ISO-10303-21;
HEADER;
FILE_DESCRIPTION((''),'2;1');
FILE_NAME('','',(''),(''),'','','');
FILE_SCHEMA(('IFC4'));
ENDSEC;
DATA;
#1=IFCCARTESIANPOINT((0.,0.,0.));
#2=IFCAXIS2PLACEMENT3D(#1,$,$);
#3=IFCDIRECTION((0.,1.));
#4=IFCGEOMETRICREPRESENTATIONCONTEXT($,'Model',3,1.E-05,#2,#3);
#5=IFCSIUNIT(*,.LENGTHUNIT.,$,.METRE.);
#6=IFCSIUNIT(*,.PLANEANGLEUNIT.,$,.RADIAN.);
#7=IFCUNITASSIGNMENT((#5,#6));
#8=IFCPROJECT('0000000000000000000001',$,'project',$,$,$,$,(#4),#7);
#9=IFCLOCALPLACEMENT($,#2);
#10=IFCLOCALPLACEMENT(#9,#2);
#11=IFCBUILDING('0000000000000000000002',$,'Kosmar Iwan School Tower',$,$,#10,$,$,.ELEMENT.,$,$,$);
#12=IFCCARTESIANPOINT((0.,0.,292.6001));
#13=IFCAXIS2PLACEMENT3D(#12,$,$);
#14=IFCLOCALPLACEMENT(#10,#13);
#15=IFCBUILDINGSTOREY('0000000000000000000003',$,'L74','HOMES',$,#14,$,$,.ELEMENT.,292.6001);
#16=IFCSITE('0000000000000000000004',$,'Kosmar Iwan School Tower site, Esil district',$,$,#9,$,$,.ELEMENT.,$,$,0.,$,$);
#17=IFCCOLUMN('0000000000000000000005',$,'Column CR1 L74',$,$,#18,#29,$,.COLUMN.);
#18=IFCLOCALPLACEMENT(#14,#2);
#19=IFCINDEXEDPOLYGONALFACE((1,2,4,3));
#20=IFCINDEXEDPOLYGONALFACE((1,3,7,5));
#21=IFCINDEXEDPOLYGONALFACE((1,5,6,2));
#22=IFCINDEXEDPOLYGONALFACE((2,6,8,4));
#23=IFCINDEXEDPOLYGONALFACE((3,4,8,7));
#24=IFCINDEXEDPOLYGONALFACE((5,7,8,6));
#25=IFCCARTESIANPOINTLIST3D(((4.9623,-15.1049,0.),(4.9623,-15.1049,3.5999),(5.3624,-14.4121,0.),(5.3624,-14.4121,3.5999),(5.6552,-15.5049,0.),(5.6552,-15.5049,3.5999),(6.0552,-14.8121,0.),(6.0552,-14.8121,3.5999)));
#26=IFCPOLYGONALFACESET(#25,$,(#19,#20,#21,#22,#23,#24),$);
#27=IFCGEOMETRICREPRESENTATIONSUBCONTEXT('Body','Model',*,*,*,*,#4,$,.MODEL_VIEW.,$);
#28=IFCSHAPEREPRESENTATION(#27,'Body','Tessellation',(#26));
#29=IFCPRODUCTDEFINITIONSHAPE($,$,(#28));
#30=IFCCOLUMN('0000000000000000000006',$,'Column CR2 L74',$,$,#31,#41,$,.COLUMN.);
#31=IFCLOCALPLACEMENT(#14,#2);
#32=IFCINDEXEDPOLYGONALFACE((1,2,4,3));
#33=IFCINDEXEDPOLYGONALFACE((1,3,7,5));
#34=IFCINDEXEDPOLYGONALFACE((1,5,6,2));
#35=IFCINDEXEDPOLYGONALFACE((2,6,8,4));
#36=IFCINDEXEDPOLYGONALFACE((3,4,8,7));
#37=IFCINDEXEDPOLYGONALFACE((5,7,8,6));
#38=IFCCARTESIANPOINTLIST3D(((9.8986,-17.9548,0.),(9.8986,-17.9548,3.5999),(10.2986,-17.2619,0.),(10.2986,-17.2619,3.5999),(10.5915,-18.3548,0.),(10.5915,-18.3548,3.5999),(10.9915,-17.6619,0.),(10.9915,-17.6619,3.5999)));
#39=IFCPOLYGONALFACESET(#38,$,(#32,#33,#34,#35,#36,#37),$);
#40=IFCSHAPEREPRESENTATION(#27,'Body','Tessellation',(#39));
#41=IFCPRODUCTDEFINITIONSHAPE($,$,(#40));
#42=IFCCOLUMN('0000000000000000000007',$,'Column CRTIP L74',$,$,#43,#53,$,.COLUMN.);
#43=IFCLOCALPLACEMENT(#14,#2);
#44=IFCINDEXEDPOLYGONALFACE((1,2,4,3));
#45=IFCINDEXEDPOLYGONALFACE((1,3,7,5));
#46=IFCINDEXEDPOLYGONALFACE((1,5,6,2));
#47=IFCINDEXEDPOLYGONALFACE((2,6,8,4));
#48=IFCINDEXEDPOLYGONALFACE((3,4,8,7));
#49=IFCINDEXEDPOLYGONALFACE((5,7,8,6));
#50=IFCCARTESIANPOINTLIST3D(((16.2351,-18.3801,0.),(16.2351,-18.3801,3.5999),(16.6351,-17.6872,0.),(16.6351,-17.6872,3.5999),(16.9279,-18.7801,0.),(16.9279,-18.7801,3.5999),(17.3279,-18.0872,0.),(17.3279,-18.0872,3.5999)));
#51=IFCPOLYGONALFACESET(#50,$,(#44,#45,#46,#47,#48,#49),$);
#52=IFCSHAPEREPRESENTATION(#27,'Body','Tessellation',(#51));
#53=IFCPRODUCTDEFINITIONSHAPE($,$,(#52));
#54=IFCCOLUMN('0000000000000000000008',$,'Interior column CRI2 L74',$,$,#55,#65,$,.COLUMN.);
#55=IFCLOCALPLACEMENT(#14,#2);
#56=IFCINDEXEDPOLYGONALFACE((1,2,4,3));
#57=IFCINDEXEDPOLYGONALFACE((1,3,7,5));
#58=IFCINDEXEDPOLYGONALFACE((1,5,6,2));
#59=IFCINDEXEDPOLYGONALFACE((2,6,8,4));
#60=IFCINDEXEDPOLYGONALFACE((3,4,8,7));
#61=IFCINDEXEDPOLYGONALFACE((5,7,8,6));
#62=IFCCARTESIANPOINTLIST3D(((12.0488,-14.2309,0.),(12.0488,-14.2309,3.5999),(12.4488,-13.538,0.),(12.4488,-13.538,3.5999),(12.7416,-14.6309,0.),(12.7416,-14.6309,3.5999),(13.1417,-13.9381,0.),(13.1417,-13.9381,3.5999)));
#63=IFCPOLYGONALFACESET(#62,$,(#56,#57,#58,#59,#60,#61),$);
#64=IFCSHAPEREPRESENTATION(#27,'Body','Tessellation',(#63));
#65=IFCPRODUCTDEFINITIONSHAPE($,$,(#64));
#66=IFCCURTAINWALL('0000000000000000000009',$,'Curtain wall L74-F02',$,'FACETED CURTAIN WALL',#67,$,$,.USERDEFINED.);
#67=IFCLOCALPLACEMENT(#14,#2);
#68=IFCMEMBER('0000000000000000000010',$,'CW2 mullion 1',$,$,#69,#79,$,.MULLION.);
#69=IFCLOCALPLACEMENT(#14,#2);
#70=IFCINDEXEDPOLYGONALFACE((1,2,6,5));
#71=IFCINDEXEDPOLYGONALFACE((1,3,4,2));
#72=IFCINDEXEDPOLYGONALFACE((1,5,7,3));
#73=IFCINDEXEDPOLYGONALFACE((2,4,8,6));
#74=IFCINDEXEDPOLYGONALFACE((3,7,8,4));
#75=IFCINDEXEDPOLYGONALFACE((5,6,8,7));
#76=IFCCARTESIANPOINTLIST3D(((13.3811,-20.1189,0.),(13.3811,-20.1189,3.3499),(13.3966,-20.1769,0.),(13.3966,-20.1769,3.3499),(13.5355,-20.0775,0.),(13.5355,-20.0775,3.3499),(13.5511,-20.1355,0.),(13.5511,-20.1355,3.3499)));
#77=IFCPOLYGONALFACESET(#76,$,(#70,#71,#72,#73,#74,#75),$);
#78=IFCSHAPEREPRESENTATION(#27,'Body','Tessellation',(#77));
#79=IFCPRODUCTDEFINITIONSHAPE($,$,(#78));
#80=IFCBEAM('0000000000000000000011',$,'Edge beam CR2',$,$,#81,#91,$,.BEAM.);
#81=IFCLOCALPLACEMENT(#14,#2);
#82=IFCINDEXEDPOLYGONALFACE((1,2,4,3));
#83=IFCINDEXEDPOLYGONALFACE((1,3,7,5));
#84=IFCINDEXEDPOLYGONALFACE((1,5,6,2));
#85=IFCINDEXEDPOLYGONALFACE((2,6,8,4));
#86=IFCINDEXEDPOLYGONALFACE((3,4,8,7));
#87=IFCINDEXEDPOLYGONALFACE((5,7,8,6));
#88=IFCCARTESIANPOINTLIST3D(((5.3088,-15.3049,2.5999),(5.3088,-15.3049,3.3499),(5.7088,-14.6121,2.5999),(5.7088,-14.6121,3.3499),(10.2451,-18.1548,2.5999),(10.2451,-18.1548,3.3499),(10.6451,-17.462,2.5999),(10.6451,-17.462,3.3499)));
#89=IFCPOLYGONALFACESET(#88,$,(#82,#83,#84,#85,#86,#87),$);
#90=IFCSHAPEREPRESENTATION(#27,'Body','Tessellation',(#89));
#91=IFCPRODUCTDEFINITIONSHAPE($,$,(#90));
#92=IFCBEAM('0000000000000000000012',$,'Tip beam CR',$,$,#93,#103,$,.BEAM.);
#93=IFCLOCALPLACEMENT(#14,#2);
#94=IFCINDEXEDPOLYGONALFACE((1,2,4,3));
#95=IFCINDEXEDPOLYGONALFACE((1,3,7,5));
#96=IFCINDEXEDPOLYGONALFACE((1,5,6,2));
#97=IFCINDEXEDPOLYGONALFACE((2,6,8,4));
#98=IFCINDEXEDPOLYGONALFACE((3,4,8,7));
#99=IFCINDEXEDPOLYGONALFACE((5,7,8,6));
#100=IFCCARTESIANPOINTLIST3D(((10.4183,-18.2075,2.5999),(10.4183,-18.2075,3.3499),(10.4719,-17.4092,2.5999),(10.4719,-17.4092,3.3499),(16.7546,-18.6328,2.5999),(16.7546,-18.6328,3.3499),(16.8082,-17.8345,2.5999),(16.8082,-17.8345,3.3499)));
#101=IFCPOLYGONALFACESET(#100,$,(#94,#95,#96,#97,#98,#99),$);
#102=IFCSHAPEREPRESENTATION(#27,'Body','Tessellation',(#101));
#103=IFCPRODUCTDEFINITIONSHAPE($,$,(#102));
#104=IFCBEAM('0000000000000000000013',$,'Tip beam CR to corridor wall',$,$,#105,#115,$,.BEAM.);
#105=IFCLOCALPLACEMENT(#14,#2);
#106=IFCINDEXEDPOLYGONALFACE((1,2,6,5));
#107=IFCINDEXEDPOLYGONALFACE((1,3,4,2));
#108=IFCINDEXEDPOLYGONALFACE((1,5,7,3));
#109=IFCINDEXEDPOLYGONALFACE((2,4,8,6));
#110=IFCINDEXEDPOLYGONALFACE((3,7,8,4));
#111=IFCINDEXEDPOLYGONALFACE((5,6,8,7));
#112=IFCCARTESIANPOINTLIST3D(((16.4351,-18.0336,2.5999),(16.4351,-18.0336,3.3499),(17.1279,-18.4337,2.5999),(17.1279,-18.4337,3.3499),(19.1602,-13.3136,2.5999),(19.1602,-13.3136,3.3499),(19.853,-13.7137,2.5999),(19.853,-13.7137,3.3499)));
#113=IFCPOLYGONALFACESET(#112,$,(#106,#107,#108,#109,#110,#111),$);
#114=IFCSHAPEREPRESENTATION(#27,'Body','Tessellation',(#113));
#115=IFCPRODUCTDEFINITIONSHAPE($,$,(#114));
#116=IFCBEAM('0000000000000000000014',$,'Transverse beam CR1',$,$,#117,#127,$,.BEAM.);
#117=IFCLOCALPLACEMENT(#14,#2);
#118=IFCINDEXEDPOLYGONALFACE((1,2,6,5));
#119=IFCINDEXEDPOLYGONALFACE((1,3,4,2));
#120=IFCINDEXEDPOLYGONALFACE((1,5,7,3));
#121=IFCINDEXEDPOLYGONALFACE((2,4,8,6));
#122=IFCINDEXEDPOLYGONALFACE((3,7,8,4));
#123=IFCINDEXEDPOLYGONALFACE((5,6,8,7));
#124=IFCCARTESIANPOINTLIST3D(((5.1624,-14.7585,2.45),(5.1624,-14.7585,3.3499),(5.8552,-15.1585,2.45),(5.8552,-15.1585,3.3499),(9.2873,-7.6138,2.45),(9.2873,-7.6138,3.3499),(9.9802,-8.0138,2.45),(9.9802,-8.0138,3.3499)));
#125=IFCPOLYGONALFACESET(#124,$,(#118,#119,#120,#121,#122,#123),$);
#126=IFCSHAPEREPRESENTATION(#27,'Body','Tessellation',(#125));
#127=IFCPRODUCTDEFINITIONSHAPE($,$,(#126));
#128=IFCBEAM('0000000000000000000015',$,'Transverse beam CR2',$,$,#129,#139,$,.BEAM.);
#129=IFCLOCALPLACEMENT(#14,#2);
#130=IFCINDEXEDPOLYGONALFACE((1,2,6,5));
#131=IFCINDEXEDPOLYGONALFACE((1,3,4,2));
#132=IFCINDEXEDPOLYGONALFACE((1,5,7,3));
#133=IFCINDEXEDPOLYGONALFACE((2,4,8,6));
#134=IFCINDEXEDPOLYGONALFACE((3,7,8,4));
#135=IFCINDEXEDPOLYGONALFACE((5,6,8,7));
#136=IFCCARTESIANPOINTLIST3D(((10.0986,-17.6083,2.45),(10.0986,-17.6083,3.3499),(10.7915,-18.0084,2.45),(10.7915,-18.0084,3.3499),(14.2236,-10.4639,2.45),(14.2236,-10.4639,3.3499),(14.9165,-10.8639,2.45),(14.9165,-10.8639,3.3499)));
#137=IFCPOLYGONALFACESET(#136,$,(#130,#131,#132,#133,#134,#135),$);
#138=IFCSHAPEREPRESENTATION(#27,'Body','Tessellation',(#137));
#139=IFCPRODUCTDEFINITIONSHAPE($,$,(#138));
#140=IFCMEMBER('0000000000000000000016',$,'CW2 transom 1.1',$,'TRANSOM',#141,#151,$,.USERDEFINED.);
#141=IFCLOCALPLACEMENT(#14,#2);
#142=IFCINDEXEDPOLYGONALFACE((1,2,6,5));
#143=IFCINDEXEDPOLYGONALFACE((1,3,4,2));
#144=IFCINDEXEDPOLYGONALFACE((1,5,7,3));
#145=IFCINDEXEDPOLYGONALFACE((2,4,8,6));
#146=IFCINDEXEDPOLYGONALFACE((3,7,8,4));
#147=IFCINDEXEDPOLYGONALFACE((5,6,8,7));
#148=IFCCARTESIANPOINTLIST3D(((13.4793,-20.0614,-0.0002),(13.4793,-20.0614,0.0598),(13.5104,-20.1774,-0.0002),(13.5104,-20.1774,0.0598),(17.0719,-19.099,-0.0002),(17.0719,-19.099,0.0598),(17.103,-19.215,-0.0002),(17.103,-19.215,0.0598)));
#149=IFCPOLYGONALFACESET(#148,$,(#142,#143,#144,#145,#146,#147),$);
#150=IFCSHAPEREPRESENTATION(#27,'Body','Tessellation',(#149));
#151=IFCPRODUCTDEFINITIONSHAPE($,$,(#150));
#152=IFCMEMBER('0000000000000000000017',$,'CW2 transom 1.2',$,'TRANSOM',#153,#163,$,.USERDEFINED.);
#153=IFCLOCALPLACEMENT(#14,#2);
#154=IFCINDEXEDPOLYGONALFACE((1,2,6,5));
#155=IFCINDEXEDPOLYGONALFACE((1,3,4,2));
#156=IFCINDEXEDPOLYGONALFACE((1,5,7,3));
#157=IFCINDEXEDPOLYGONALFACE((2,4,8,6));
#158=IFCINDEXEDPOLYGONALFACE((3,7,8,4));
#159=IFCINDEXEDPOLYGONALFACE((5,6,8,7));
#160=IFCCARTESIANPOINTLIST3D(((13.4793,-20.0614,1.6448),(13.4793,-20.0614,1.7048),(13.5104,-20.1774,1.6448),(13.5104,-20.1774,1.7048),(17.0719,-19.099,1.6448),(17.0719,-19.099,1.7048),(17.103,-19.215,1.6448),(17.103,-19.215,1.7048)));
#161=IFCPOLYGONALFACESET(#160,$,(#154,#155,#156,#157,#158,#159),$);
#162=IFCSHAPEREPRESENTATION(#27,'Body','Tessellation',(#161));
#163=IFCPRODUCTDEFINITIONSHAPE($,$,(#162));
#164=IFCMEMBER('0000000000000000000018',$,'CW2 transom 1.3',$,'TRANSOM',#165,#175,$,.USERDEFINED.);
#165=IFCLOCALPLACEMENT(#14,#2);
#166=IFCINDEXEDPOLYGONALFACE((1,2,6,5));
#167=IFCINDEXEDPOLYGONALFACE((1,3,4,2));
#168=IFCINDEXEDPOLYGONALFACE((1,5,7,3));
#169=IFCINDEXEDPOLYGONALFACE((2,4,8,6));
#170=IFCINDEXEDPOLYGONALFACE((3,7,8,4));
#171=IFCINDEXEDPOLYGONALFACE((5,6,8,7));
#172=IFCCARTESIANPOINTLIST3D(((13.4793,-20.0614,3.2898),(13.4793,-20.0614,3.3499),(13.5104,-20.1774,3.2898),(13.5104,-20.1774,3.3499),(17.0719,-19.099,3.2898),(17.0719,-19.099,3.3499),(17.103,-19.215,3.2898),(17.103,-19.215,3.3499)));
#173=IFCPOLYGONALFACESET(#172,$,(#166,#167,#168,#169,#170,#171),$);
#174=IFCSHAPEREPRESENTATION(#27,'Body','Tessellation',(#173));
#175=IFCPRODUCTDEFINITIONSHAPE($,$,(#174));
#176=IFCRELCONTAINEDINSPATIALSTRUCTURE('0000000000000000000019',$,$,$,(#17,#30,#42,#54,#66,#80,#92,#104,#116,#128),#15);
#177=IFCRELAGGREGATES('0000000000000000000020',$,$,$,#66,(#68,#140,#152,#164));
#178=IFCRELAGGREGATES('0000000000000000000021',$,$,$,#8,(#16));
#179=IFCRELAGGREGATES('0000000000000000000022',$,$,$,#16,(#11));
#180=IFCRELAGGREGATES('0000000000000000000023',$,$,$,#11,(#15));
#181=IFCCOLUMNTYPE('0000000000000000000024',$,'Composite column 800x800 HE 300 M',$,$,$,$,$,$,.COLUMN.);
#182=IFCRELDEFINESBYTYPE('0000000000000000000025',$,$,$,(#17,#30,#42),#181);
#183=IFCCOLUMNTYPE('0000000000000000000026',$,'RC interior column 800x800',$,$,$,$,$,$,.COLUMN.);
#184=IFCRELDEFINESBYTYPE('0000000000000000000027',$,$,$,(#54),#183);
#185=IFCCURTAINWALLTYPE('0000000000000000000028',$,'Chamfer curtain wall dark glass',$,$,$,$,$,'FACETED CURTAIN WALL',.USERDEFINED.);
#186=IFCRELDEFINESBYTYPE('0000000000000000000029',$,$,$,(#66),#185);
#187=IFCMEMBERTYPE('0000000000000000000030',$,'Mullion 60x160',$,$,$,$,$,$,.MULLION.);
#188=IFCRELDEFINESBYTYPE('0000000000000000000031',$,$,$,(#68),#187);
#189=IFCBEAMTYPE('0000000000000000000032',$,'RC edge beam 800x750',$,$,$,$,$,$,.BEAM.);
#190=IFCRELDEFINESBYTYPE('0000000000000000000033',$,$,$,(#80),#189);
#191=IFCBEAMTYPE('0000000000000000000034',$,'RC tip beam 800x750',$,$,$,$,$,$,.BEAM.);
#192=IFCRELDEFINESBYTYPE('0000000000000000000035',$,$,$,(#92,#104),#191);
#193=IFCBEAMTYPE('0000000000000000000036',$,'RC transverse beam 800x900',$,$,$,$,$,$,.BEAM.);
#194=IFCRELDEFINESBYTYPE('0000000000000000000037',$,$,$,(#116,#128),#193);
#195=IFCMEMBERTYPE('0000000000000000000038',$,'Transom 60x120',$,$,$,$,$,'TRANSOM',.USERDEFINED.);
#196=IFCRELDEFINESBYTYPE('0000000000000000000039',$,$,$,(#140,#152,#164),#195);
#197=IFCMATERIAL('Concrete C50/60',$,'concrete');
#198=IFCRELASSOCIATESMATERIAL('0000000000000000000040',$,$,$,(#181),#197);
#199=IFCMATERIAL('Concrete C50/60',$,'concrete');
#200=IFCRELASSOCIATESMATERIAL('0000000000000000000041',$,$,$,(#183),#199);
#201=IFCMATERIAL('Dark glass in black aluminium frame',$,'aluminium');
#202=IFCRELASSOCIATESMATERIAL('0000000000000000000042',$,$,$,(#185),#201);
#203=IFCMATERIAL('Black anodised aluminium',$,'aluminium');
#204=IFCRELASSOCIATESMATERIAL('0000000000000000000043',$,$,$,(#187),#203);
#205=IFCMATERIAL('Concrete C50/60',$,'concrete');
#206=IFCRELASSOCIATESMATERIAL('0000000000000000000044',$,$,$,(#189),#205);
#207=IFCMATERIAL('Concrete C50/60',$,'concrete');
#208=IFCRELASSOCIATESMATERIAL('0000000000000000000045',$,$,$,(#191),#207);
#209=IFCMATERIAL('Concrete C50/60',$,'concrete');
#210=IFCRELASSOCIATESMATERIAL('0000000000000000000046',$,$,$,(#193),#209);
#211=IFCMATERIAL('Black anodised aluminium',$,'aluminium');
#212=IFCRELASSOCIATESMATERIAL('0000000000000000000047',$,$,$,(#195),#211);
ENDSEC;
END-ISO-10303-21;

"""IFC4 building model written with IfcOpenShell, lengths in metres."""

from ifc_helpers import new_model, si_unit, direction, frame, origin, origin_2d, place, context, subcontext, project, spatial, rectangle, extrude, material, material_profile, profile_set, type_object, element, aggregate, save


model = new_model("IFC4")

# Units and contexts
model_context = context("Model", 3, precision=1e-05, world=origin(), true_north=direction((0.0, 1.0)))
body_context = subcontext(model_context, "Body", "Model", "MODEL_VIEW")
ifc_project = project(units=[si_unit("LENGTHUNIT", "METRE"), si_unit("PLANEANGLEUNIT", "RADIAN")], contexts=[model_context])

# Site, building, storey
site_placement = place(None, origin())
site = spatial("IfcSite", under=ifc_project, at=site_placement, Name="Kosmar Iwan School Tower site, Esil district", CompositionType="ELEMENT", RefElevation=0.0)
building_placement = place(site_placement, origin())
building = spatial("IfcBuilding", under=site, at=building_placement, Name="Kosmar Iwan School Tower", CompositionType="ELEMENT")
storey_placement = place(building_placement, frame((0.0, 0.0, 292.6001)))
storey = spatial("IfcBuildingStorey", under=building, at=storey_placement, Name="L74", Description="HOMES", CompositionType="ELEMENT", Elevation=292.6001)

# Columns
ifc_material_1 = material(Name="Concrete C50/60", Category="concrete")
ifc_material_profile_1 = material_profile(ifc_material_1, rectangle(XDim=0.8, YDim=0.8, at=origin_2d()), Name="RC 800x800 + HE 300 M")
ifc_profile_set_1 = profile_set([ifc_material_profile_1], Name="Concrete C50/60")
column_type_1 = type_object("IfcColumnType", Name="Composite column 800x800 HE 300 M", PredefinedType="COLUMN", material=ifc_profile_set_1)
for number, where, z_axis, x_axis, name in (
    (1, (5.5088, -14.9585, 0.0), (0.0, 0.0, 1.0), (0.866025, -0.5, 0.0), "Column CR1 L74"),
    (2, (10.4451, -17.8083, 0.0), (0.0, 0.0, 1.0), (0.866025, -0.5, 0.0), "Column CR2 L74"),
    (3, (16.7815, -18.2336, 0.0), (0.0, 0.0, 1.0), (0.866025, -0.5, 0.0), "Column CRTIP L74"),
):
    element("IfcColumn", number, at=place(storey_placement, frame(where, z_axis=z_axis, x_axis=x_axis)), inside=storey, type_object=column_type_1, Name=name, PredefinedType="COLUMN", context=body_context, shape_type="SweptSolid", body=[
        extrude(rectangle(XDim=0.8, YDim=0.8, at=origin_2d()), origin(), (0.0, 0.0, 1.0), 3.5999),
    ])
ifc_material_2 = material(Name="Concrete C50/60", Category="concrete")
ifc_material_profile_2 = material_profile(ifc_material_2, rectangle(XDim=0.8, YDim=0.8, at=origin_2d()), Name="RC 800x800")
ifc_profile_set_2 = profile_set([ifc_material_profile_2], Name="Concrete C50/60")
column_type_2 = type_object("IfcColumnType", Name="RC interior column 800x800", PredefinedType="COLUMN", material=ifc_profile_set_2)
column_placement = place(storey_placement, frame((12.5952, -14.0845, 0.0), z_axis=(0.0, 0.0, 1.0), x_axis=(0.866025, -0.5, 0.0)))
element("IfcColumn", 4, at=column_placement, inside=storey, type_object=column_type_2, Name="Interior column CRI2 L74", PredefinedType="COLUMN", context=body_context, shape_type="SweptSolid", body=[
    extrude(rectangle(XDim=0.8, YDim=0.8, at=origin_2d()), origin(), (0.0, 0.0, 1.0), 3.5999),
])

# Curtain wall, member
ifc_material_3 = material(Name="Dark glass in black aluminium frame", Category="aluminium")
curtain_wall_type = type_object("IfcCurtainWallType", Name="Chamfer curtain wall dark glass", ElementType="FACETED CURTAIN WALL", PredefinedType="USERDEFINED", material=ifc_material_3)
curtain_wall_placement = place(storey_placement, origin())
curtain_wall = element("IfcCurtainWall", 5, at=curtain_wall_placement, inside=storey, type_object=curtain_wall_type, Name="Curtain wall L74-F02", ObjectType="FACETED CURTAIN WALL", PredefinedType="USERDEFINED")
ifc_material_4 = material(Name="Black anodised aluminium", Category="aluminium")
ifc_material_profile_3 = material_profile(ifc_material_4, rectangle(XDim=0.0601, YDim=0.1599, at=origin_2d()), Name="MULLION 60x160")
ifc_profile_set_3 = profile_set([ifc_material_profile_3], Name="Black anodised aluminium")
member_type_1 = type_object("IfcMemberType", Name="Mullion 60x160", PredefinedType="MULLION", material=ifc_profile_set_3)
member_1_placement = place(storey_placement, frame((13.4661, -20.1272, 0.0), z_axis=(0.0, 0.0, 1.0), x_axis=(-0.258819, 0.965926, 0.0)))
member_1 = element("IfcMember", 6, at=member_1_placement, type_object=member_type_1, Name="CW2 mullion 1", PredefinedType="MULLION", context=body_context, shape_type="SweptSolid", body=[
    extrude(rectangle(XDim=0.0601, YDim=0.1599, at=origin_2d()), origin(), (0.0, 0.0, 1.0), 3.3499),
])

# Beams
ifc_material_5 = material(Name="Concrete C50/60", Category="concrete")
ifc_material_profile_4 = material_profile(ifc_material_5, rectangle(XDim=0.8, YDim=0.75, at=origin_2d()), Name="RC 800x750")
ifc_profile_set_4 = profile_set([ifc_material_profile_4], Name="Concrete C50/60")
beam_type_1 = type_object("IfcBeamType", Name="RC edge beam 800x750", PredefinedType="BEAM", material=ifc_profile_set_4)
beam_1_placement = place(storey_placement, frame((5.5088, -14.9585, 2.9749), z_axis=(0.866034, -0.499986, 0.0), x_axis=(0.499986, 0.866034, 0.0)))
element("IfcBeam", 7, at=beam_1_placement, inside=storey, type_object=beam_type_1, Name="Edge beam CR2", PredefinedType="BEAM", context=body_context, shape_type="SweptSolid", body=[
    extrude(rectangle(XDim=0.8, YDim=0.75, at=origin_2d()), origin(), (0.0, 0.0, 1.0), 5.7),
])
ifc_material_6 = material(Name="Concrete C50/60", Category="concrete")
ifc_material_profile_5 = material_profile(ifc_material_6, rectangle(XDim=0.8, YDim=0.75, at=origin_2d()), Name="RC 800x750")
ifc_profile_set_5 = profile_set([ifc_material_profile_5], Name="Concrete C50/60")
beam_type_2 = type_object("IfcBeamType", Name="RC tip beam 800x750", PredefinedType="BEAM", material=ifc_profile_set_5)
beam_2_placement = place(storey_placement, frame((10.4451, -17.8083, 2.9749), z_axis=(0.997755, -0.066968, 0.0), x_axis=(0.066968, 0.997755, 0.0)))
element("IfcBeam", 8, at=beam_2_placement, inside=storey, type_object=beam_type_2, Name="Tip beam CR", PredefinedType="BEAM", context=body_context, shape_type="SweptSolid", body=[
    extrude(rectangle(XDim=0.8, YDim=0.75, at=origin_2d()), origin(), (0.0, 0.0, 1.0), 6.3506),
])
beam_3_placement = place(storey_placement, frame((16.7815, -18.2336, 2.9749), z_axis=(0.500003, 0.866024, 0.0), x_axis=(-0.866024, 0.500003, 0.0)))
element("IfcBeam", 9, at=beam_3_placement, inside=storey, type_object=beam_type_2, Name="Tip beam CR to corridor wall", PredefinedType="BEAM", context=body_context, shape_type="SweptSolid", body=[
    extrude(rectangle(XDim=0.8, YDim=0.75, at=origin_2d()), origin(), (0.0, 0.0, 1.0), 5.4502),
])
ifc_material_7 = material(Name="Concrete C50/60", Category="concrete")
ifc_material_profile_6 = material_profile(ifc_material_7, rectangle(XDim=0.8, YDim=0.8999, at=origin_2d()), Name="RC 800x900")
ifc_profile_set_6 = profile_set([ifc_material_profile_6], Name="Concrete C50/60")
beam_type_3 = type_object("IfcBeamType", Name="RC transverse beam 800x900", PredefinedType="BEAM", material=ifc_profile_set_6)
beam_4_placement = place(storey_placement, frame((5.5088, -14.9585, 2.8999), z_axis=(0.499997, 0.866027, 0.0), x_axis=(-0.866027, 0.499997, 0.0)))
element("IfcBeam", 10, at=beam_4_placement, inside=storey, type_object=beam_type_3, Name="Transverse beam CR1", PredefinedType="BEAM", context=body_context, shape_type="SweptSolid", body=[
    extrude(rectangle(XDim=0.8, YDim=0.8999, at=origin_2d()), origin(), (0.0, 0.0, 1.0), 8.25),
])
beam_5_placement = place(storey_placement, frame((10.4451, -17.8083, 2.8999), z_axis=(0.500009, 0.86602, 0.0), x_axis=(-0.86602, 0.500009, 0.0)))
element("IfcBeam", 11, at=beam_5_placement, inside=storey, type_object=beam_type_3, Name="Transverse beam CR2", PredefinedType="BEAM", context=body_context, shape_type="SweptSolid", body=[
    extrude(rectangle(XDim=0.8, YDim=0.8999, at=origin_2d()), origin(), (0.0, 0.0, 1.0), 8.2498),
])

# Members
ifc_material_8 = material(Name="Black anodised aluminium", Category="aluminium")
ifc_material_profile_7 = material_profile(ifc_material_8, rectangle(XDim=0.1201, YDim=0.0601, at=origin_2d()), Name="TRANSOM 60x120")
ifc_profile_set_7 = profile_set([ifc_material_profile_7], Name="Black anodised aluminium")
member_type_2 = type_object("IfcMemberType", Name="Transom 60x120", ElementType="TRANSOM", PredefinedType="USERDEFINED", material=ifc_profile_set_7)
member_2_placement = place(storey_placement, frame((13.4949, -20.1194, 0.0298), z_axis=(0.96594, 0.258766, 0.0), x_axis=(-0.258766, 0.96594, 0.0)))
member_2 = element("IfcMember", 12, at=member_2_placement, type_object=member_type_2, Name="CW2 transom 1.1", ObjectType="TRANSOM", PredefinedType="USERDEFINED", context=body_context, shape_type="SweptSolid", body=[
    extrude(rectangle(XDim=0.1201, YDim=0.0601, at=origin_2d()), origin(), (0.0, 0.0, 1.0), 3.7192),
])
member_3_placement = place(storey_placement, frame((13.4949, -20.1194, 1.6748), z_axis=(0.96594, 0.258766, 0.0), x_axis=(-0.258766, 0.96594, 0.0)))
member_3 = element("IfcMember", 13, at=member_3_placement, type_object=member_type_2, Name="CW2 transom 1.2", ObjectType="TRANSOM", PredefinedType="USERDEFINED", context=body_context, shape_type="SweptSolid", body=[
    extrude(rectangle(XDim=0.1201, YDim=0.0601, at=origin_2d()), origin(), (0.0, 0.0, 1.0), 3.7192),
])
member_4_placement = place(storey_placement, frame((13.4949, -20.1194, 3.3198), z_axis=(0.96594, 0.258766, 0.0), x_axis=(-0.258766, 0.96594, 0.0)))
member_4 = element("IfcMember", 14, at=member_4_placement, type_object=member_type_2, Name="CW2 transom 1.3", ObjectType="TRANSOM", PredefinedType="USERDEFINED", context=body_context, shape_type="SweptSolid", body=[
    extrude(rectangle(XDim=0.1201, YDim=0.0601, at=origin_2d()), origin(), (0.0, 0.0, 1.0), 3.7192),
])

aggregate(curtain_wall, [member_1, member_2, member_3, member_4])

save(model, "model.ifc")
